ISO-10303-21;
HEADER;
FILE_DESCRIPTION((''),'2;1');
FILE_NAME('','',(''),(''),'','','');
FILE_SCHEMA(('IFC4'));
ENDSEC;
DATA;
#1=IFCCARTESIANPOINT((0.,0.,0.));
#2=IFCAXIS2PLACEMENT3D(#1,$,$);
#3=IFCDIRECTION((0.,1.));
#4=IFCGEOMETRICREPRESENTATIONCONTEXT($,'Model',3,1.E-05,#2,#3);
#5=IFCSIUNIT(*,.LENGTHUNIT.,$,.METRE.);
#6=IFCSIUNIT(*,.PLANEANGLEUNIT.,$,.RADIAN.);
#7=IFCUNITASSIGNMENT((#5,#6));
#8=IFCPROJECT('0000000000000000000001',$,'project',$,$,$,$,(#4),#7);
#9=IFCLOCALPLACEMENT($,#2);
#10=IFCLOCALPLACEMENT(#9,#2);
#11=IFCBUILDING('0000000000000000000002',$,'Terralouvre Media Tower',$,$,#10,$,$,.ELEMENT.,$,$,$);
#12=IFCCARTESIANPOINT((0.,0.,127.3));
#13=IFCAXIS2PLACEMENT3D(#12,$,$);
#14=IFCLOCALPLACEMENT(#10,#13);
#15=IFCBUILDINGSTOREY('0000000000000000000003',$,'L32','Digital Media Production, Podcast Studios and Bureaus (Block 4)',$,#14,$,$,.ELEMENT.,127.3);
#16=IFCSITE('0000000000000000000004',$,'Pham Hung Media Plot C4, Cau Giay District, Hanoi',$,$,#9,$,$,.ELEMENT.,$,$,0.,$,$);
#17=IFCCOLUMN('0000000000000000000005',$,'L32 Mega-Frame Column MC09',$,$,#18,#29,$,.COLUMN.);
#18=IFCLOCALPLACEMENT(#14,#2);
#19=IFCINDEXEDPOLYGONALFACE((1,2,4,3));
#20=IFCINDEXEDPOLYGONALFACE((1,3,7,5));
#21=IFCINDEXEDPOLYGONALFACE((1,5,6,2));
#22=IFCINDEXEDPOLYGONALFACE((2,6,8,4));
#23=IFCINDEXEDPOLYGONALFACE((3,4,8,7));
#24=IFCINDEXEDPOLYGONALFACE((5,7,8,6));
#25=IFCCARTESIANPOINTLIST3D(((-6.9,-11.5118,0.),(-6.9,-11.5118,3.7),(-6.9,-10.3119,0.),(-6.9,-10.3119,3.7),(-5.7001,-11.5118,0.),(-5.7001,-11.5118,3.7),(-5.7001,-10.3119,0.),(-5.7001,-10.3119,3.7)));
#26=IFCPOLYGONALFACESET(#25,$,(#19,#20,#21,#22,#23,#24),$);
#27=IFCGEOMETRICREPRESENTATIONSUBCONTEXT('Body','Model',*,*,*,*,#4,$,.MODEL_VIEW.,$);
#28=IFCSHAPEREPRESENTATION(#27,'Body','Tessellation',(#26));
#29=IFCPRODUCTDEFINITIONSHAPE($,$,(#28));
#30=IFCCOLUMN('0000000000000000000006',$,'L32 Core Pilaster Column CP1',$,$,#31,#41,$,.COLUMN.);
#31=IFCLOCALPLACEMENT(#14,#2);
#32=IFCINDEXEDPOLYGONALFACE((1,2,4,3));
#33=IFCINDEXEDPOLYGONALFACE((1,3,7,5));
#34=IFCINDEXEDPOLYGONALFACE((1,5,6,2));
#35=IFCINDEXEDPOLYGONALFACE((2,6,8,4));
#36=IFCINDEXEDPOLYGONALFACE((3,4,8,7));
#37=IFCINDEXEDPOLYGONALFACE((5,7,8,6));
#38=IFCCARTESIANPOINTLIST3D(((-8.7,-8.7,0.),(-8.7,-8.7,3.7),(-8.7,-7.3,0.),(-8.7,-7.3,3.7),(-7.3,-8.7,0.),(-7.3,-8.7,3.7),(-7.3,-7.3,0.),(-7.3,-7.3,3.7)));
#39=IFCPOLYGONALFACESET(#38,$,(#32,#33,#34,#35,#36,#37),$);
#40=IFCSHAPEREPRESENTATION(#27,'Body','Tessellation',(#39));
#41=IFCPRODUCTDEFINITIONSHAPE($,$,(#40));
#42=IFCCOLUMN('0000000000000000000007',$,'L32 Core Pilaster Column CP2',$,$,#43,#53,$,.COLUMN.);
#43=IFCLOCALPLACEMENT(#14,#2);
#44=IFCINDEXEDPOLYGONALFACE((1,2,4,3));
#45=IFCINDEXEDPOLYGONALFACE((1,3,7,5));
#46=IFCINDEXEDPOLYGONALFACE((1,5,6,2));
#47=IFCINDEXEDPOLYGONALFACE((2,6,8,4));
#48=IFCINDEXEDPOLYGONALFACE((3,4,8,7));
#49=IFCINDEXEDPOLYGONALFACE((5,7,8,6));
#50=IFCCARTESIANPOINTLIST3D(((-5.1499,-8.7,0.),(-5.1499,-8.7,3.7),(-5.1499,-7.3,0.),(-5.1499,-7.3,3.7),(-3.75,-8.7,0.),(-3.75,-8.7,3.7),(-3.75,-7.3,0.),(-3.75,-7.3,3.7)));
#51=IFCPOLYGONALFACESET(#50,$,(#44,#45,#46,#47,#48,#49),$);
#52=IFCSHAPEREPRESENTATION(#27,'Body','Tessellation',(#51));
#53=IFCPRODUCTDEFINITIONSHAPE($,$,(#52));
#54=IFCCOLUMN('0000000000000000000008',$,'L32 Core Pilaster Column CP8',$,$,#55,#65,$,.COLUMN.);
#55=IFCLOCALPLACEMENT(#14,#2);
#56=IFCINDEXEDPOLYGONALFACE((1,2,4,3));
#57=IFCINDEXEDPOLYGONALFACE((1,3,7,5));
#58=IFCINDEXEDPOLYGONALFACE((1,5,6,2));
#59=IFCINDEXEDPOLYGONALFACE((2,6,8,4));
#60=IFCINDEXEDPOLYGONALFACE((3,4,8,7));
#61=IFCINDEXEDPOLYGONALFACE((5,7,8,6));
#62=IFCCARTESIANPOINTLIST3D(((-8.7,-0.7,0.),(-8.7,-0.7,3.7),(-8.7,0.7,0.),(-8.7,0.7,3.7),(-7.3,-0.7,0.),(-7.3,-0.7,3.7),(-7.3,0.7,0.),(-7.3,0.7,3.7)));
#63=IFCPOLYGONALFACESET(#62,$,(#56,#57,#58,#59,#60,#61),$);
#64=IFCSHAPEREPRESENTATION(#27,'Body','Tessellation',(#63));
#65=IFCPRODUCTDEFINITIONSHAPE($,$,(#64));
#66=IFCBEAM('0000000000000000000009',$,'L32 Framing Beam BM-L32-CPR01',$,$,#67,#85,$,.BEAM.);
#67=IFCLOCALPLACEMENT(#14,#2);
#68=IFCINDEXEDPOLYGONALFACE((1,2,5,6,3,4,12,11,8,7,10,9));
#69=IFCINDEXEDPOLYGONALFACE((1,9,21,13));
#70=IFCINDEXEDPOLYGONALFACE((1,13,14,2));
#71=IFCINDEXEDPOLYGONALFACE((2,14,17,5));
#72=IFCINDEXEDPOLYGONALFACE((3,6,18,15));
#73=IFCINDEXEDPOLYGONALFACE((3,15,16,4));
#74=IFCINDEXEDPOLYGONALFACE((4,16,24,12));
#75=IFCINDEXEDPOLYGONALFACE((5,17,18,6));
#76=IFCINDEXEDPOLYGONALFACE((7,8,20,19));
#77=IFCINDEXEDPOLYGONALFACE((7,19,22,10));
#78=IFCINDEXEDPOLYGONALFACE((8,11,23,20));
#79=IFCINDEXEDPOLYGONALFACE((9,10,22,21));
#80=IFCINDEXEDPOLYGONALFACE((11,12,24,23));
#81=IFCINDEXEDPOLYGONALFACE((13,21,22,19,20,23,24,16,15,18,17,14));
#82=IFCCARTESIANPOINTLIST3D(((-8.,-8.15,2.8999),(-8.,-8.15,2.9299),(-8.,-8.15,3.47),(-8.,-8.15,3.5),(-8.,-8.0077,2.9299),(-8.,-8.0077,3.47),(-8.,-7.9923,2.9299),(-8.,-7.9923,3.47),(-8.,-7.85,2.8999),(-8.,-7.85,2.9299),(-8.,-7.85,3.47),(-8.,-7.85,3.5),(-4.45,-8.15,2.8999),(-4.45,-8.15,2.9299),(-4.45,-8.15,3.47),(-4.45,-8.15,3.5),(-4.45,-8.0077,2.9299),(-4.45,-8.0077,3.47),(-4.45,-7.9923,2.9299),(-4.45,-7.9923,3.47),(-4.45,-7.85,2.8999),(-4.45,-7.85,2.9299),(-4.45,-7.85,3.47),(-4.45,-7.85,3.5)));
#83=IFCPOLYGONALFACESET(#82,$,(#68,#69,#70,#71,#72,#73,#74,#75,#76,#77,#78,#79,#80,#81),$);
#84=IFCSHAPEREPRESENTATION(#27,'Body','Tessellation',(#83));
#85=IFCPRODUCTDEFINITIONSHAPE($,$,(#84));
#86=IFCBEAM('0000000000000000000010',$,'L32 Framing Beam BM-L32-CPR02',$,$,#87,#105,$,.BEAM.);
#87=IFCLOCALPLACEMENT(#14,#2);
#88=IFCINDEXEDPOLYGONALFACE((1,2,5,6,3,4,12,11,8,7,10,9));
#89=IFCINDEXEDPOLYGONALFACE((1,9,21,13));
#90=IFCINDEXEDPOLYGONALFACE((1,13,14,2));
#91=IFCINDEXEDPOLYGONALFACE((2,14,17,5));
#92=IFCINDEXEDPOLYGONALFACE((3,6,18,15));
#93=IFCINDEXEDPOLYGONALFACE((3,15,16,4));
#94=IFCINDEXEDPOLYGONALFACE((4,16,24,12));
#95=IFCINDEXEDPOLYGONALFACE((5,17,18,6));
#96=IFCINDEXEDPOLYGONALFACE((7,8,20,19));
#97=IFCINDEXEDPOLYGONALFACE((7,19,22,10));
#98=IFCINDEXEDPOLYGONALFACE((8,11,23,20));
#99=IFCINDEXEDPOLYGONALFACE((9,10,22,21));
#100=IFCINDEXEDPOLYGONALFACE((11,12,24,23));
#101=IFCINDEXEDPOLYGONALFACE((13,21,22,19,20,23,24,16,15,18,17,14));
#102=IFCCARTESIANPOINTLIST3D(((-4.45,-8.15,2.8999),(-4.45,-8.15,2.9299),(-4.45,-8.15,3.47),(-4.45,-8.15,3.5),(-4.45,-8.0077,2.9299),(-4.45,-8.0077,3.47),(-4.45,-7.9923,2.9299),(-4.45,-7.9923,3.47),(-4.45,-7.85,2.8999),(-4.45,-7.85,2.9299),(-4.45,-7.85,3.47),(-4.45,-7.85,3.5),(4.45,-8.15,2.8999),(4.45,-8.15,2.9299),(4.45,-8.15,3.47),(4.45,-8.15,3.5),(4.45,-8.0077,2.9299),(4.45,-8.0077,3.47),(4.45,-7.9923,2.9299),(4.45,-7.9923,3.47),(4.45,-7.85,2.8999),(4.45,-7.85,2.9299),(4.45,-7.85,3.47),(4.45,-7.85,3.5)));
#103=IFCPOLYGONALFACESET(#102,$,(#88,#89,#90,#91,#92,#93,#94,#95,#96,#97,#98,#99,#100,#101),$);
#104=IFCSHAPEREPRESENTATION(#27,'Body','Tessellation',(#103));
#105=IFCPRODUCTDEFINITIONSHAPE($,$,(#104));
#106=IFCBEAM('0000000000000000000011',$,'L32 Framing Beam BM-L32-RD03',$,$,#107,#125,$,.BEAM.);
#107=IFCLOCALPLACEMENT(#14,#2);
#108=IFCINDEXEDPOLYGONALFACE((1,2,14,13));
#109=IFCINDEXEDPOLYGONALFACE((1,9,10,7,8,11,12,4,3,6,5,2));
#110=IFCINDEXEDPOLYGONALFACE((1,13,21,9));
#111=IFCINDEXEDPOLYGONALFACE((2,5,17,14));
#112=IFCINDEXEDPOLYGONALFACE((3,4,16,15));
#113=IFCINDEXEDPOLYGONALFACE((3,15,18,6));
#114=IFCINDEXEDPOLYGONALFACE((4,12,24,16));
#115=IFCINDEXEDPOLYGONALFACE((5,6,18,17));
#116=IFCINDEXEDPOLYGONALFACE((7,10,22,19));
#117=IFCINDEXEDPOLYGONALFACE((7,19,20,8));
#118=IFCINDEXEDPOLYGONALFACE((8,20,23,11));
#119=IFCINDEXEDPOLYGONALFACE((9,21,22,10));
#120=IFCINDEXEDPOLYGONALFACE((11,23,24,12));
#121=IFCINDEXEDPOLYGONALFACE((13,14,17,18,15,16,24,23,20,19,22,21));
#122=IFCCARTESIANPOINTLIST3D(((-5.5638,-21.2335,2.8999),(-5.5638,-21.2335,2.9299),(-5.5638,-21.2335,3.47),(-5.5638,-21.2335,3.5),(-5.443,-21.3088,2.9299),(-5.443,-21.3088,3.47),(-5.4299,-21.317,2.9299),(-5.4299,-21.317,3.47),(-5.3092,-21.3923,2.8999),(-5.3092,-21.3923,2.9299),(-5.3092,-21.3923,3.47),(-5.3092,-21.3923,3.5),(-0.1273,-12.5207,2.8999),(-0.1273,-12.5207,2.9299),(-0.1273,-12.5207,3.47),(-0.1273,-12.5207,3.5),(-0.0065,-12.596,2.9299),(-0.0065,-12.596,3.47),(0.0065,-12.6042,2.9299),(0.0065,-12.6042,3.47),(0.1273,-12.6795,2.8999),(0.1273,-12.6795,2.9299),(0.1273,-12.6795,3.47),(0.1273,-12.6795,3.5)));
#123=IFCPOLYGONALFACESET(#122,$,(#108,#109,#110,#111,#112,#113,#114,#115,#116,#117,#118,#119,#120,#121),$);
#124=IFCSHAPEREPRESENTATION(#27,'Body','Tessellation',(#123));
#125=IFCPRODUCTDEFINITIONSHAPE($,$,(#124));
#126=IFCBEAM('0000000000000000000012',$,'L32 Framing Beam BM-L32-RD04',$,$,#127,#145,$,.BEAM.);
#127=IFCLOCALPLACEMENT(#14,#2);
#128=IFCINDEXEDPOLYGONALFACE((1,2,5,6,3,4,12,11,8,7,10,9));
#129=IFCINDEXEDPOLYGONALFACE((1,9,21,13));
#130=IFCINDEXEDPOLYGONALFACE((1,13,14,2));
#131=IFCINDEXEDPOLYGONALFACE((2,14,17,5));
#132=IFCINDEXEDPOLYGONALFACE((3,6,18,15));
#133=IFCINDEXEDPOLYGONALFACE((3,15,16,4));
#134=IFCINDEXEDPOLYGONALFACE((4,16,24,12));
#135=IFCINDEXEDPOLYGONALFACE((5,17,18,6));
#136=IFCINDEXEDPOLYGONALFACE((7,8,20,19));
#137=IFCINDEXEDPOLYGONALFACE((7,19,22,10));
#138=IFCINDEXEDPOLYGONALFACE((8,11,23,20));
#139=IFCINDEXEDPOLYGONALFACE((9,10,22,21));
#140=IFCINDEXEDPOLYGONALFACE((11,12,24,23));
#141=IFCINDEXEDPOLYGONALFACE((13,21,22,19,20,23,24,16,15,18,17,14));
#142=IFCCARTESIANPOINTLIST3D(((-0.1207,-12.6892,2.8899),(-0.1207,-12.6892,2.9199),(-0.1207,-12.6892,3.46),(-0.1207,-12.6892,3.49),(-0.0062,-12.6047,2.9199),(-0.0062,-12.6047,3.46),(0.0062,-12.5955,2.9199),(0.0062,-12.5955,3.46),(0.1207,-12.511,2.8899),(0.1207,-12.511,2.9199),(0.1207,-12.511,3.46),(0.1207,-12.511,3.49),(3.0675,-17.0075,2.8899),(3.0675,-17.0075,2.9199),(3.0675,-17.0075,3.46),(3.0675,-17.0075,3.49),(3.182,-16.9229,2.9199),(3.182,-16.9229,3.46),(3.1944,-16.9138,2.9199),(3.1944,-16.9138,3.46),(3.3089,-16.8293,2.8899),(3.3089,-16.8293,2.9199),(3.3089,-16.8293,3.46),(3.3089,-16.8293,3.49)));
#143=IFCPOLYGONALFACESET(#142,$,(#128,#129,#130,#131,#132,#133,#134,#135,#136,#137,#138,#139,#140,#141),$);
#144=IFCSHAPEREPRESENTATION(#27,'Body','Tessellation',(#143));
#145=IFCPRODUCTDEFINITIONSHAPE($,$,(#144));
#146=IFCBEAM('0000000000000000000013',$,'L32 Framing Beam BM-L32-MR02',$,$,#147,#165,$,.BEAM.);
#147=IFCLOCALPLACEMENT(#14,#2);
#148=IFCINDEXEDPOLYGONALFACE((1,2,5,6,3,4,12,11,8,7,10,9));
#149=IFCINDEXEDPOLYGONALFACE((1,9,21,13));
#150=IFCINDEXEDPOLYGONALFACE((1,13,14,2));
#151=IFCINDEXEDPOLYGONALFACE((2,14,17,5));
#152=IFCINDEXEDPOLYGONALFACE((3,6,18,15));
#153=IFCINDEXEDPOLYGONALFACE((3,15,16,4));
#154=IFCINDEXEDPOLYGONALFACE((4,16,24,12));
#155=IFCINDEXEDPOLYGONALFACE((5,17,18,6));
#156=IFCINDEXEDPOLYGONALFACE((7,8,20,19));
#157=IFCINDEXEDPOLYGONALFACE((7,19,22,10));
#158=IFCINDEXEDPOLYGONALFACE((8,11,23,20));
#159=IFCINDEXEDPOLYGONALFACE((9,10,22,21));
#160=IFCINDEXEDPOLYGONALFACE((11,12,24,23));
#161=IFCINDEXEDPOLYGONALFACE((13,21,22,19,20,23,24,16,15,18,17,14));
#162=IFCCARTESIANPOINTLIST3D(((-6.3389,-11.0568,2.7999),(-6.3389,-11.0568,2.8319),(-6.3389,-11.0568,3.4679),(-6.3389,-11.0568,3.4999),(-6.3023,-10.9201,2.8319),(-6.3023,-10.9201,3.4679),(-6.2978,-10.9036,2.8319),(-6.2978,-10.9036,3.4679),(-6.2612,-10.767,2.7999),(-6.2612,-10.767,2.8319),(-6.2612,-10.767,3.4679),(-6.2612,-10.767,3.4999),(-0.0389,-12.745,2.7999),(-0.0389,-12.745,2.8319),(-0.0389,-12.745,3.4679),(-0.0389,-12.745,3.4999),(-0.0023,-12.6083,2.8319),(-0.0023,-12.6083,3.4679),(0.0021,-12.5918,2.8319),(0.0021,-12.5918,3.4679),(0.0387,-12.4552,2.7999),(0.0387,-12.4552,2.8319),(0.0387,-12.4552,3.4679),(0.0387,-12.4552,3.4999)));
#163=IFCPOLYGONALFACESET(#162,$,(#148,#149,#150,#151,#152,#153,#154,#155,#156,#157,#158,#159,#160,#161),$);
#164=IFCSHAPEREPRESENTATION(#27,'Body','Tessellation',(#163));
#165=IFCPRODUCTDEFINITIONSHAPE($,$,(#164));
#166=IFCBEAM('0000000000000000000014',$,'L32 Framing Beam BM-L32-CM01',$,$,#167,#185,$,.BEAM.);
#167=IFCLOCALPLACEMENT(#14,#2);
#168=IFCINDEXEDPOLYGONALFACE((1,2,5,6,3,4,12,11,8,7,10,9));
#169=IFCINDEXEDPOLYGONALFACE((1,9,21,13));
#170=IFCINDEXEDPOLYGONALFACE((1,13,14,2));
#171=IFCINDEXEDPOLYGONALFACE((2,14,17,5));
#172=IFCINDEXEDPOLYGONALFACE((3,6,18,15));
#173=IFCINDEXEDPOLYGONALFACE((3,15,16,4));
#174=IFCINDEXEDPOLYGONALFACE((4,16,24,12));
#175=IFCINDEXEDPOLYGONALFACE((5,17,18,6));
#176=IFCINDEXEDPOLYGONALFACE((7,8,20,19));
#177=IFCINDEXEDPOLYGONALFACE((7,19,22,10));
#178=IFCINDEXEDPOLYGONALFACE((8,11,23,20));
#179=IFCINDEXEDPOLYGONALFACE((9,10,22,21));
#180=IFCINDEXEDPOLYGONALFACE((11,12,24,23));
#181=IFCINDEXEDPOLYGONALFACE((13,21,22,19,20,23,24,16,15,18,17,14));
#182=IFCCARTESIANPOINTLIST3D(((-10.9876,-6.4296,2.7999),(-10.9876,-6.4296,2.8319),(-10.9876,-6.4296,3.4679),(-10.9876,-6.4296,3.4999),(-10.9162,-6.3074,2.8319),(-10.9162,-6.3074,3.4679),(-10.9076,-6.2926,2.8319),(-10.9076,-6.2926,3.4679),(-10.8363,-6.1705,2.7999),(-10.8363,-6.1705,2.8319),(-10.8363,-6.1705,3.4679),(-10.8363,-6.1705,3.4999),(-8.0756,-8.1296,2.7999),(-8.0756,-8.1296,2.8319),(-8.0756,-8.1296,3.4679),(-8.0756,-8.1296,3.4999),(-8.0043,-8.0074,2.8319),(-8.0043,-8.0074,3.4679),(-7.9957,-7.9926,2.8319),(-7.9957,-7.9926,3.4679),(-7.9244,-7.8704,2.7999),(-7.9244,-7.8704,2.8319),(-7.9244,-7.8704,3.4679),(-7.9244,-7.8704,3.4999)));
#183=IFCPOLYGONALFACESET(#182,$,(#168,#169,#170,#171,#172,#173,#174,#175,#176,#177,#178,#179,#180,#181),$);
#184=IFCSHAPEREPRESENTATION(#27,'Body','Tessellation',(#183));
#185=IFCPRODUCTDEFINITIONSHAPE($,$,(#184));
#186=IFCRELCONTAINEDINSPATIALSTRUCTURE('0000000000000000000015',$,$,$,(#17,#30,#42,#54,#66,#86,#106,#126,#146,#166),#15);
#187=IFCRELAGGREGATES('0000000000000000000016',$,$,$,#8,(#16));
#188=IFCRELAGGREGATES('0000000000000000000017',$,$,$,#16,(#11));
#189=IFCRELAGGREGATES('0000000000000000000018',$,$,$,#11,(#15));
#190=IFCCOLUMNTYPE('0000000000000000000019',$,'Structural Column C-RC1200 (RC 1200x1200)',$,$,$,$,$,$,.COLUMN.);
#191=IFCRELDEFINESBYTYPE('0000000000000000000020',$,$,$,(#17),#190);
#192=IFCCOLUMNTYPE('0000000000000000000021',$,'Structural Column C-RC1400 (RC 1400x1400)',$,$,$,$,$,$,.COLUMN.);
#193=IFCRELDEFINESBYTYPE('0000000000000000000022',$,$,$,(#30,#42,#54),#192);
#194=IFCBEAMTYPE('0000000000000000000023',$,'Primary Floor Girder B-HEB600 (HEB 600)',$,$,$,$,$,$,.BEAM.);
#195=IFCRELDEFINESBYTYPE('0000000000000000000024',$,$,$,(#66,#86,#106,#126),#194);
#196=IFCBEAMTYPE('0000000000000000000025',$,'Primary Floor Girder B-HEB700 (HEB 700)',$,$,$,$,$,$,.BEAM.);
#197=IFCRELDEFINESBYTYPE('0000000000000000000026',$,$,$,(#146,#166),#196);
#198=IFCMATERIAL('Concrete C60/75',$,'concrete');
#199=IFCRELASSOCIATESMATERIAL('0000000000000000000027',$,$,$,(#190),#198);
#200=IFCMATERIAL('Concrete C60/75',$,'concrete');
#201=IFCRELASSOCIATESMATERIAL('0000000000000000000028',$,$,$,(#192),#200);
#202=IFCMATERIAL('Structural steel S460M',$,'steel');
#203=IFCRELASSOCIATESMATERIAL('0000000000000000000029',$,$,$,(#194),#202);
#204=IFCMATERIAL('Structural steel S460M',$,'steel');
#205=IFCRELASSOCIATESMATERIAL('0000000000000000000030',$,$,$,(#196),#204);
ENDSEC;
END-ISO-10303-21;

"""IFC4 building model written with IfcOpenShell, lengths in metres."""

from ifc_helpers import new_model, si_unit, direction, frame, origin, origin_2d, place, context, subcontext, project, spatial, rectangle, i_section, extrude, material, material_profile, profile_set, type_object, element, save


model = new_model("IFC4")

# Units and contexts
model_context = context("Model", 3, precision=1e-05, world=origin(), true_north=direction((0.0, 1.0)))
body_context = subcontext(model_context, "Body", "Model", "MODEL_VIEW")
ifc_project = project(units=[si_unit("LENGTHUNIT", "METRE"), si_unit("PLANEANGLEUNIT", "RADIAN")], contexts=[model_context])

# Site, building, storey
site_placement = place(None, origin())
site = spatial("IfcSite", under=ifc_project, at=site_placement, Name="Pham Hung Media Plot C4, Cau Giay District, Hanoi", CompositionType="ELEMENT", RefElevation=0.0)
building_placement = place(site_placement, origin())
building = spatial("IfcBuilding", under=site, at=building_placement, Name="Terralouvre Media Tower", CompositionType="ELEMENT")
storey_placement = place(building_placement, frame((0.0, 0.0, 127.3)))
storey = spatial("IfcBuildingStorey", under=building, at=storey_placement, Name="L32", Description="Digital Media Production, Podcast Studios and Bureaus (Block 4)", CompositionType="ELEMENT", Elevation=127.3)

# Columns
ifc_material_1 = material(Name="Concrete C60/75", Category="concrete")
ifc_material_profile_1 = material_profile(ifc_material_1, rectangle(XDim=1.2, YDim=1.2, at=origin_2d()), Name="RC 1200x1200")
ifc_profile_set_1 = profile_set([ifc_material_profile_1], Name="Concrete C60/75")
column_type_1 = type_object("IfcColumnType", Name="Structural Column C-RC1200 (RC 1200x1200)", PredefinedType="COLUMN", material=ifc_profile_set_1)
column_placement = place(storey_placement, frame((-6.3, -10.9119, 0.0), z_axis=(0.0, 0.0, 1.0), x_axis=(1.0, 0.0, 0.0)))
element("IfcColumn", 1, at=column_placement, inside=storey, type_object=column_type_1, Name="L32 Mega-Frame Column MC09", PredefinedType="COLUMN", context=body_context, shape_type="SweptSolid", body=[
    extrude(rectangle(XDim=1.2, YDim=1.2, at=origin_2d()), origin(), (0.0, 0.0, 1.0), 3.7),
])
ifc_material_2 = material(Name="Concrete C60/75", Category="concrete")
ifc_material_profile_2 = material_profile(ifc_material_2, rectangle(XDim=1.3999, YDim=1.3999, at=origin_2d()), Name="RC 1400x1400")
ifc_profile_set_2 = profile_set([ifc_material_profile_2], Name="Concrete C60/75")
column_type_2 = type_object("IfcColumnType", Name="Structural Column C-RC1400 (RC 1400x1400)", PredefinedType="COLUMN", material=ifc_profile_set_2)
for number, where, z_axis, x_axis, name in (
    (2, (-8.0, -8.0, 0.0), (0.0, 0.0, 1.0), (1.0, 0.0, 0.0), "L32 Core Pilaster Column CP1"),
    (3, (-4.45, -8.0, 0.0), (0.0, 0.0, 1.0), (1.0, 0.0, 0.0), "L32 Core Pilaster Column CP2"),
    (4, (-8.0, 0.0, 0.0), (0.0, 0.0, 1.0), (1.0, 0.0, 0.0), "L32 Core Pilaster Column CP8"),
):
    element("IfcColumn", number, at=place(storey_placement, frame(where, z_axis=z_axis, x_axis=x_axis)), inside=storey, type_object=column_type_2, Name=name, PredefinedType="COLUMN", context=body_context, shape_type="SweptSolid", body=[
        extrude(rectangle(XDim=1.3999, YDim=1.3999, at=origin_2d()), origin(), (0.0, 0.0, 1.0), 3.7),
    ])

# Beams
ifc_material_3 = material(Name="Structural steel S460M", Category="steel")
ifc_material_profile_3 = material_profile(ifc_material_3, i_section(OverallWidth=0.3, OverallDepth=0.6001, WebThickness=0.0154, FlangeThickness=0.03, at=origin_2d()), Name="HEB 600")
ifc_profile_set_3 = profile_set([ifc_material_profile_3], Name="Structural steel S460M")
beam_type_1 = type_object("IfcBeamType", Name="Primary Floor Girder B-HEB600 (HEB 600)", PredefinedType="BEAM", material=ifc_profile_set_3)
beam_1_placement = place(storey_placement, frame((-8.0, -8.0, 3.2), z_axis=(1.0, 0.0, 0.0), x_axis=(0.0, 1.0, 0.0)))
element("IfcBeam", 5, at=beam_1_placement, inside=storey, type_object=beam_type_1, Name="L32 Framing Beam BM-L32-CPR01", PredefinedType="BEAM", context=body_context, shape_type="SweptSolid", body=[
    extrude(i_section(OverallWidth=0.3, OverallDepth=0.6001, WebThickness=0.0154, FlangeThickness=0.03, at=origin_2d()), origin(), (0.0, 0.0, 1.0), 3.55),
])
beam_2_placement = place(storey_placement, frame((-4.45, -8.0, 3.2), z_axis=(1.0, 0.0, 0.0), x_axis=(0.0, 1.0, 0.0)))
element("IfcBeam", 6, at=beam_2_placement, inside=storey, type_object=beam_type_1, Name="L32 Framing Beam BM-L32-CPR02", PredefinedType="BEAM", context=body_context, shape_type="SweptSolid", body=[
    extrude(i_section(OverallWidth=0.3, OverallDepth=0.6001, WebThickness=0.0154, FlangeThickness=0.03, at=origin_2d()), origin(), (0.0, 0.0, 1.0), 8.8999),
])
beam_3_placement = place(storey_placement, frame((0.0, -12.6001, 3.2), z_axis=(-0.529366, -0.848393, 0.0), x_axis=(0.848393, -0.529366, 0.0)))
element("IfcBeam", 7, at=beam_3_placement, inside=storey, type_object=beam_type_1, Name="L32 Framing Beam BM-L32-RD03", PredefinedType="BEAM", context=body_context, shape_type="SweptSolid", body=[
    extrude(i_section(OverallWidth=0.3, OverallDepth=0.6001, WebThickness=0.0154, FlangeThickness=0.03, at=origin_2d()), origin(), (0.0, 0.0, 1.0), 10.2698),
])
beam_4_placement = place(storey_placement, frame((0.0, -12.6001, 3.1899), z_axis=(0.593957, -0.804496, 0.0), x_axis=(0.804496, 0.593957, 0.0)))
element("IfcBeam", 8, at=beam_4_placement, inside=storey, type_object=beam_type_1, Name="L32 Framing Beam BM-L32-RD04", PredefinedType="BEAM", context=body_context, shape_type="SweptSolid", body=[
    extrude(i_section(OverallWidth=0.3, OverallDepth=0.6001, WebThickness=0.0154, FlangeThickness=0.03, at=origin_2d()), origin(), (0.0, 0.0, 1.0), 5.3677),
])
ifc_material_4 = material(Name="Structural steel S460M", Category="steel")
ifc_material_profile_4 = material_profile(ifc_material_4, i_section(OverallWidth=0.3, OverallDepth=0.7, WebThickness=0.0171, FlangeThickness=0.032, at=origin_2d()), Name="HEB 700")
ifc_profile_set_4 = profile_set([ifc_material_profile_4], Name="Structural steel S460M")
beam_type_2 = type_object("IfcBeamType", Name="Primary Floor Girder B-HEB700 (HEB 700)", PredefinedType="BEAM", material=ifc_profile_set_4)
beam_5_placement = place(storey_placement, frame((-6.3, -10.9119, 3.1499), z_axis=(0.96592, -0.258839, 0.0), x_axis=(0.258839, 0.96592, 0.0)))
element("IfcBeam", 9, at=beam_5_placement, inside=storey, type_object=beam_type_2, Name="L32 Framing Beam BM-L32-MR02", PredefinedType="BEAM", context=body_context, shape_type="SweptSolid", body=[
    extrude(i_section(OverallWidth=0.3, OverallDepth=0.7, WebThickness=0.0171, FlangeThickness=0.032, at=origin_2d()), origin(), (0.0, 0.0, 1.0), 6.5222),
])
for number, where, z_axis, x_axis, name in (
    (10, (-8.0, -8.0, 3.1499), (-0.863603, 0.504173, 0.0), (-0.504173, -0.863603, 0.0), "L32 Framing Beam BM-L32-CM01"),
):
    element("IfcBeam", number, at=place(storey_placement, frame(where, z_axis=z_axis, x_axis=x_axis)), inside=storey, type_object=beam_type_2, Name=name, PredefinedType="BEAM", context=body_context, shape_type="SweptSolid", body=[
        extrude(i_section(OverallWidth=0.3, OverallDepth=0.7, WebThickness=0.0171, FlangeThickness=0.032, at=origin_2d()), origin(), (0.0, 0.0, 1.0), 3.3718),
    ])

save(model, "model.ifc")
